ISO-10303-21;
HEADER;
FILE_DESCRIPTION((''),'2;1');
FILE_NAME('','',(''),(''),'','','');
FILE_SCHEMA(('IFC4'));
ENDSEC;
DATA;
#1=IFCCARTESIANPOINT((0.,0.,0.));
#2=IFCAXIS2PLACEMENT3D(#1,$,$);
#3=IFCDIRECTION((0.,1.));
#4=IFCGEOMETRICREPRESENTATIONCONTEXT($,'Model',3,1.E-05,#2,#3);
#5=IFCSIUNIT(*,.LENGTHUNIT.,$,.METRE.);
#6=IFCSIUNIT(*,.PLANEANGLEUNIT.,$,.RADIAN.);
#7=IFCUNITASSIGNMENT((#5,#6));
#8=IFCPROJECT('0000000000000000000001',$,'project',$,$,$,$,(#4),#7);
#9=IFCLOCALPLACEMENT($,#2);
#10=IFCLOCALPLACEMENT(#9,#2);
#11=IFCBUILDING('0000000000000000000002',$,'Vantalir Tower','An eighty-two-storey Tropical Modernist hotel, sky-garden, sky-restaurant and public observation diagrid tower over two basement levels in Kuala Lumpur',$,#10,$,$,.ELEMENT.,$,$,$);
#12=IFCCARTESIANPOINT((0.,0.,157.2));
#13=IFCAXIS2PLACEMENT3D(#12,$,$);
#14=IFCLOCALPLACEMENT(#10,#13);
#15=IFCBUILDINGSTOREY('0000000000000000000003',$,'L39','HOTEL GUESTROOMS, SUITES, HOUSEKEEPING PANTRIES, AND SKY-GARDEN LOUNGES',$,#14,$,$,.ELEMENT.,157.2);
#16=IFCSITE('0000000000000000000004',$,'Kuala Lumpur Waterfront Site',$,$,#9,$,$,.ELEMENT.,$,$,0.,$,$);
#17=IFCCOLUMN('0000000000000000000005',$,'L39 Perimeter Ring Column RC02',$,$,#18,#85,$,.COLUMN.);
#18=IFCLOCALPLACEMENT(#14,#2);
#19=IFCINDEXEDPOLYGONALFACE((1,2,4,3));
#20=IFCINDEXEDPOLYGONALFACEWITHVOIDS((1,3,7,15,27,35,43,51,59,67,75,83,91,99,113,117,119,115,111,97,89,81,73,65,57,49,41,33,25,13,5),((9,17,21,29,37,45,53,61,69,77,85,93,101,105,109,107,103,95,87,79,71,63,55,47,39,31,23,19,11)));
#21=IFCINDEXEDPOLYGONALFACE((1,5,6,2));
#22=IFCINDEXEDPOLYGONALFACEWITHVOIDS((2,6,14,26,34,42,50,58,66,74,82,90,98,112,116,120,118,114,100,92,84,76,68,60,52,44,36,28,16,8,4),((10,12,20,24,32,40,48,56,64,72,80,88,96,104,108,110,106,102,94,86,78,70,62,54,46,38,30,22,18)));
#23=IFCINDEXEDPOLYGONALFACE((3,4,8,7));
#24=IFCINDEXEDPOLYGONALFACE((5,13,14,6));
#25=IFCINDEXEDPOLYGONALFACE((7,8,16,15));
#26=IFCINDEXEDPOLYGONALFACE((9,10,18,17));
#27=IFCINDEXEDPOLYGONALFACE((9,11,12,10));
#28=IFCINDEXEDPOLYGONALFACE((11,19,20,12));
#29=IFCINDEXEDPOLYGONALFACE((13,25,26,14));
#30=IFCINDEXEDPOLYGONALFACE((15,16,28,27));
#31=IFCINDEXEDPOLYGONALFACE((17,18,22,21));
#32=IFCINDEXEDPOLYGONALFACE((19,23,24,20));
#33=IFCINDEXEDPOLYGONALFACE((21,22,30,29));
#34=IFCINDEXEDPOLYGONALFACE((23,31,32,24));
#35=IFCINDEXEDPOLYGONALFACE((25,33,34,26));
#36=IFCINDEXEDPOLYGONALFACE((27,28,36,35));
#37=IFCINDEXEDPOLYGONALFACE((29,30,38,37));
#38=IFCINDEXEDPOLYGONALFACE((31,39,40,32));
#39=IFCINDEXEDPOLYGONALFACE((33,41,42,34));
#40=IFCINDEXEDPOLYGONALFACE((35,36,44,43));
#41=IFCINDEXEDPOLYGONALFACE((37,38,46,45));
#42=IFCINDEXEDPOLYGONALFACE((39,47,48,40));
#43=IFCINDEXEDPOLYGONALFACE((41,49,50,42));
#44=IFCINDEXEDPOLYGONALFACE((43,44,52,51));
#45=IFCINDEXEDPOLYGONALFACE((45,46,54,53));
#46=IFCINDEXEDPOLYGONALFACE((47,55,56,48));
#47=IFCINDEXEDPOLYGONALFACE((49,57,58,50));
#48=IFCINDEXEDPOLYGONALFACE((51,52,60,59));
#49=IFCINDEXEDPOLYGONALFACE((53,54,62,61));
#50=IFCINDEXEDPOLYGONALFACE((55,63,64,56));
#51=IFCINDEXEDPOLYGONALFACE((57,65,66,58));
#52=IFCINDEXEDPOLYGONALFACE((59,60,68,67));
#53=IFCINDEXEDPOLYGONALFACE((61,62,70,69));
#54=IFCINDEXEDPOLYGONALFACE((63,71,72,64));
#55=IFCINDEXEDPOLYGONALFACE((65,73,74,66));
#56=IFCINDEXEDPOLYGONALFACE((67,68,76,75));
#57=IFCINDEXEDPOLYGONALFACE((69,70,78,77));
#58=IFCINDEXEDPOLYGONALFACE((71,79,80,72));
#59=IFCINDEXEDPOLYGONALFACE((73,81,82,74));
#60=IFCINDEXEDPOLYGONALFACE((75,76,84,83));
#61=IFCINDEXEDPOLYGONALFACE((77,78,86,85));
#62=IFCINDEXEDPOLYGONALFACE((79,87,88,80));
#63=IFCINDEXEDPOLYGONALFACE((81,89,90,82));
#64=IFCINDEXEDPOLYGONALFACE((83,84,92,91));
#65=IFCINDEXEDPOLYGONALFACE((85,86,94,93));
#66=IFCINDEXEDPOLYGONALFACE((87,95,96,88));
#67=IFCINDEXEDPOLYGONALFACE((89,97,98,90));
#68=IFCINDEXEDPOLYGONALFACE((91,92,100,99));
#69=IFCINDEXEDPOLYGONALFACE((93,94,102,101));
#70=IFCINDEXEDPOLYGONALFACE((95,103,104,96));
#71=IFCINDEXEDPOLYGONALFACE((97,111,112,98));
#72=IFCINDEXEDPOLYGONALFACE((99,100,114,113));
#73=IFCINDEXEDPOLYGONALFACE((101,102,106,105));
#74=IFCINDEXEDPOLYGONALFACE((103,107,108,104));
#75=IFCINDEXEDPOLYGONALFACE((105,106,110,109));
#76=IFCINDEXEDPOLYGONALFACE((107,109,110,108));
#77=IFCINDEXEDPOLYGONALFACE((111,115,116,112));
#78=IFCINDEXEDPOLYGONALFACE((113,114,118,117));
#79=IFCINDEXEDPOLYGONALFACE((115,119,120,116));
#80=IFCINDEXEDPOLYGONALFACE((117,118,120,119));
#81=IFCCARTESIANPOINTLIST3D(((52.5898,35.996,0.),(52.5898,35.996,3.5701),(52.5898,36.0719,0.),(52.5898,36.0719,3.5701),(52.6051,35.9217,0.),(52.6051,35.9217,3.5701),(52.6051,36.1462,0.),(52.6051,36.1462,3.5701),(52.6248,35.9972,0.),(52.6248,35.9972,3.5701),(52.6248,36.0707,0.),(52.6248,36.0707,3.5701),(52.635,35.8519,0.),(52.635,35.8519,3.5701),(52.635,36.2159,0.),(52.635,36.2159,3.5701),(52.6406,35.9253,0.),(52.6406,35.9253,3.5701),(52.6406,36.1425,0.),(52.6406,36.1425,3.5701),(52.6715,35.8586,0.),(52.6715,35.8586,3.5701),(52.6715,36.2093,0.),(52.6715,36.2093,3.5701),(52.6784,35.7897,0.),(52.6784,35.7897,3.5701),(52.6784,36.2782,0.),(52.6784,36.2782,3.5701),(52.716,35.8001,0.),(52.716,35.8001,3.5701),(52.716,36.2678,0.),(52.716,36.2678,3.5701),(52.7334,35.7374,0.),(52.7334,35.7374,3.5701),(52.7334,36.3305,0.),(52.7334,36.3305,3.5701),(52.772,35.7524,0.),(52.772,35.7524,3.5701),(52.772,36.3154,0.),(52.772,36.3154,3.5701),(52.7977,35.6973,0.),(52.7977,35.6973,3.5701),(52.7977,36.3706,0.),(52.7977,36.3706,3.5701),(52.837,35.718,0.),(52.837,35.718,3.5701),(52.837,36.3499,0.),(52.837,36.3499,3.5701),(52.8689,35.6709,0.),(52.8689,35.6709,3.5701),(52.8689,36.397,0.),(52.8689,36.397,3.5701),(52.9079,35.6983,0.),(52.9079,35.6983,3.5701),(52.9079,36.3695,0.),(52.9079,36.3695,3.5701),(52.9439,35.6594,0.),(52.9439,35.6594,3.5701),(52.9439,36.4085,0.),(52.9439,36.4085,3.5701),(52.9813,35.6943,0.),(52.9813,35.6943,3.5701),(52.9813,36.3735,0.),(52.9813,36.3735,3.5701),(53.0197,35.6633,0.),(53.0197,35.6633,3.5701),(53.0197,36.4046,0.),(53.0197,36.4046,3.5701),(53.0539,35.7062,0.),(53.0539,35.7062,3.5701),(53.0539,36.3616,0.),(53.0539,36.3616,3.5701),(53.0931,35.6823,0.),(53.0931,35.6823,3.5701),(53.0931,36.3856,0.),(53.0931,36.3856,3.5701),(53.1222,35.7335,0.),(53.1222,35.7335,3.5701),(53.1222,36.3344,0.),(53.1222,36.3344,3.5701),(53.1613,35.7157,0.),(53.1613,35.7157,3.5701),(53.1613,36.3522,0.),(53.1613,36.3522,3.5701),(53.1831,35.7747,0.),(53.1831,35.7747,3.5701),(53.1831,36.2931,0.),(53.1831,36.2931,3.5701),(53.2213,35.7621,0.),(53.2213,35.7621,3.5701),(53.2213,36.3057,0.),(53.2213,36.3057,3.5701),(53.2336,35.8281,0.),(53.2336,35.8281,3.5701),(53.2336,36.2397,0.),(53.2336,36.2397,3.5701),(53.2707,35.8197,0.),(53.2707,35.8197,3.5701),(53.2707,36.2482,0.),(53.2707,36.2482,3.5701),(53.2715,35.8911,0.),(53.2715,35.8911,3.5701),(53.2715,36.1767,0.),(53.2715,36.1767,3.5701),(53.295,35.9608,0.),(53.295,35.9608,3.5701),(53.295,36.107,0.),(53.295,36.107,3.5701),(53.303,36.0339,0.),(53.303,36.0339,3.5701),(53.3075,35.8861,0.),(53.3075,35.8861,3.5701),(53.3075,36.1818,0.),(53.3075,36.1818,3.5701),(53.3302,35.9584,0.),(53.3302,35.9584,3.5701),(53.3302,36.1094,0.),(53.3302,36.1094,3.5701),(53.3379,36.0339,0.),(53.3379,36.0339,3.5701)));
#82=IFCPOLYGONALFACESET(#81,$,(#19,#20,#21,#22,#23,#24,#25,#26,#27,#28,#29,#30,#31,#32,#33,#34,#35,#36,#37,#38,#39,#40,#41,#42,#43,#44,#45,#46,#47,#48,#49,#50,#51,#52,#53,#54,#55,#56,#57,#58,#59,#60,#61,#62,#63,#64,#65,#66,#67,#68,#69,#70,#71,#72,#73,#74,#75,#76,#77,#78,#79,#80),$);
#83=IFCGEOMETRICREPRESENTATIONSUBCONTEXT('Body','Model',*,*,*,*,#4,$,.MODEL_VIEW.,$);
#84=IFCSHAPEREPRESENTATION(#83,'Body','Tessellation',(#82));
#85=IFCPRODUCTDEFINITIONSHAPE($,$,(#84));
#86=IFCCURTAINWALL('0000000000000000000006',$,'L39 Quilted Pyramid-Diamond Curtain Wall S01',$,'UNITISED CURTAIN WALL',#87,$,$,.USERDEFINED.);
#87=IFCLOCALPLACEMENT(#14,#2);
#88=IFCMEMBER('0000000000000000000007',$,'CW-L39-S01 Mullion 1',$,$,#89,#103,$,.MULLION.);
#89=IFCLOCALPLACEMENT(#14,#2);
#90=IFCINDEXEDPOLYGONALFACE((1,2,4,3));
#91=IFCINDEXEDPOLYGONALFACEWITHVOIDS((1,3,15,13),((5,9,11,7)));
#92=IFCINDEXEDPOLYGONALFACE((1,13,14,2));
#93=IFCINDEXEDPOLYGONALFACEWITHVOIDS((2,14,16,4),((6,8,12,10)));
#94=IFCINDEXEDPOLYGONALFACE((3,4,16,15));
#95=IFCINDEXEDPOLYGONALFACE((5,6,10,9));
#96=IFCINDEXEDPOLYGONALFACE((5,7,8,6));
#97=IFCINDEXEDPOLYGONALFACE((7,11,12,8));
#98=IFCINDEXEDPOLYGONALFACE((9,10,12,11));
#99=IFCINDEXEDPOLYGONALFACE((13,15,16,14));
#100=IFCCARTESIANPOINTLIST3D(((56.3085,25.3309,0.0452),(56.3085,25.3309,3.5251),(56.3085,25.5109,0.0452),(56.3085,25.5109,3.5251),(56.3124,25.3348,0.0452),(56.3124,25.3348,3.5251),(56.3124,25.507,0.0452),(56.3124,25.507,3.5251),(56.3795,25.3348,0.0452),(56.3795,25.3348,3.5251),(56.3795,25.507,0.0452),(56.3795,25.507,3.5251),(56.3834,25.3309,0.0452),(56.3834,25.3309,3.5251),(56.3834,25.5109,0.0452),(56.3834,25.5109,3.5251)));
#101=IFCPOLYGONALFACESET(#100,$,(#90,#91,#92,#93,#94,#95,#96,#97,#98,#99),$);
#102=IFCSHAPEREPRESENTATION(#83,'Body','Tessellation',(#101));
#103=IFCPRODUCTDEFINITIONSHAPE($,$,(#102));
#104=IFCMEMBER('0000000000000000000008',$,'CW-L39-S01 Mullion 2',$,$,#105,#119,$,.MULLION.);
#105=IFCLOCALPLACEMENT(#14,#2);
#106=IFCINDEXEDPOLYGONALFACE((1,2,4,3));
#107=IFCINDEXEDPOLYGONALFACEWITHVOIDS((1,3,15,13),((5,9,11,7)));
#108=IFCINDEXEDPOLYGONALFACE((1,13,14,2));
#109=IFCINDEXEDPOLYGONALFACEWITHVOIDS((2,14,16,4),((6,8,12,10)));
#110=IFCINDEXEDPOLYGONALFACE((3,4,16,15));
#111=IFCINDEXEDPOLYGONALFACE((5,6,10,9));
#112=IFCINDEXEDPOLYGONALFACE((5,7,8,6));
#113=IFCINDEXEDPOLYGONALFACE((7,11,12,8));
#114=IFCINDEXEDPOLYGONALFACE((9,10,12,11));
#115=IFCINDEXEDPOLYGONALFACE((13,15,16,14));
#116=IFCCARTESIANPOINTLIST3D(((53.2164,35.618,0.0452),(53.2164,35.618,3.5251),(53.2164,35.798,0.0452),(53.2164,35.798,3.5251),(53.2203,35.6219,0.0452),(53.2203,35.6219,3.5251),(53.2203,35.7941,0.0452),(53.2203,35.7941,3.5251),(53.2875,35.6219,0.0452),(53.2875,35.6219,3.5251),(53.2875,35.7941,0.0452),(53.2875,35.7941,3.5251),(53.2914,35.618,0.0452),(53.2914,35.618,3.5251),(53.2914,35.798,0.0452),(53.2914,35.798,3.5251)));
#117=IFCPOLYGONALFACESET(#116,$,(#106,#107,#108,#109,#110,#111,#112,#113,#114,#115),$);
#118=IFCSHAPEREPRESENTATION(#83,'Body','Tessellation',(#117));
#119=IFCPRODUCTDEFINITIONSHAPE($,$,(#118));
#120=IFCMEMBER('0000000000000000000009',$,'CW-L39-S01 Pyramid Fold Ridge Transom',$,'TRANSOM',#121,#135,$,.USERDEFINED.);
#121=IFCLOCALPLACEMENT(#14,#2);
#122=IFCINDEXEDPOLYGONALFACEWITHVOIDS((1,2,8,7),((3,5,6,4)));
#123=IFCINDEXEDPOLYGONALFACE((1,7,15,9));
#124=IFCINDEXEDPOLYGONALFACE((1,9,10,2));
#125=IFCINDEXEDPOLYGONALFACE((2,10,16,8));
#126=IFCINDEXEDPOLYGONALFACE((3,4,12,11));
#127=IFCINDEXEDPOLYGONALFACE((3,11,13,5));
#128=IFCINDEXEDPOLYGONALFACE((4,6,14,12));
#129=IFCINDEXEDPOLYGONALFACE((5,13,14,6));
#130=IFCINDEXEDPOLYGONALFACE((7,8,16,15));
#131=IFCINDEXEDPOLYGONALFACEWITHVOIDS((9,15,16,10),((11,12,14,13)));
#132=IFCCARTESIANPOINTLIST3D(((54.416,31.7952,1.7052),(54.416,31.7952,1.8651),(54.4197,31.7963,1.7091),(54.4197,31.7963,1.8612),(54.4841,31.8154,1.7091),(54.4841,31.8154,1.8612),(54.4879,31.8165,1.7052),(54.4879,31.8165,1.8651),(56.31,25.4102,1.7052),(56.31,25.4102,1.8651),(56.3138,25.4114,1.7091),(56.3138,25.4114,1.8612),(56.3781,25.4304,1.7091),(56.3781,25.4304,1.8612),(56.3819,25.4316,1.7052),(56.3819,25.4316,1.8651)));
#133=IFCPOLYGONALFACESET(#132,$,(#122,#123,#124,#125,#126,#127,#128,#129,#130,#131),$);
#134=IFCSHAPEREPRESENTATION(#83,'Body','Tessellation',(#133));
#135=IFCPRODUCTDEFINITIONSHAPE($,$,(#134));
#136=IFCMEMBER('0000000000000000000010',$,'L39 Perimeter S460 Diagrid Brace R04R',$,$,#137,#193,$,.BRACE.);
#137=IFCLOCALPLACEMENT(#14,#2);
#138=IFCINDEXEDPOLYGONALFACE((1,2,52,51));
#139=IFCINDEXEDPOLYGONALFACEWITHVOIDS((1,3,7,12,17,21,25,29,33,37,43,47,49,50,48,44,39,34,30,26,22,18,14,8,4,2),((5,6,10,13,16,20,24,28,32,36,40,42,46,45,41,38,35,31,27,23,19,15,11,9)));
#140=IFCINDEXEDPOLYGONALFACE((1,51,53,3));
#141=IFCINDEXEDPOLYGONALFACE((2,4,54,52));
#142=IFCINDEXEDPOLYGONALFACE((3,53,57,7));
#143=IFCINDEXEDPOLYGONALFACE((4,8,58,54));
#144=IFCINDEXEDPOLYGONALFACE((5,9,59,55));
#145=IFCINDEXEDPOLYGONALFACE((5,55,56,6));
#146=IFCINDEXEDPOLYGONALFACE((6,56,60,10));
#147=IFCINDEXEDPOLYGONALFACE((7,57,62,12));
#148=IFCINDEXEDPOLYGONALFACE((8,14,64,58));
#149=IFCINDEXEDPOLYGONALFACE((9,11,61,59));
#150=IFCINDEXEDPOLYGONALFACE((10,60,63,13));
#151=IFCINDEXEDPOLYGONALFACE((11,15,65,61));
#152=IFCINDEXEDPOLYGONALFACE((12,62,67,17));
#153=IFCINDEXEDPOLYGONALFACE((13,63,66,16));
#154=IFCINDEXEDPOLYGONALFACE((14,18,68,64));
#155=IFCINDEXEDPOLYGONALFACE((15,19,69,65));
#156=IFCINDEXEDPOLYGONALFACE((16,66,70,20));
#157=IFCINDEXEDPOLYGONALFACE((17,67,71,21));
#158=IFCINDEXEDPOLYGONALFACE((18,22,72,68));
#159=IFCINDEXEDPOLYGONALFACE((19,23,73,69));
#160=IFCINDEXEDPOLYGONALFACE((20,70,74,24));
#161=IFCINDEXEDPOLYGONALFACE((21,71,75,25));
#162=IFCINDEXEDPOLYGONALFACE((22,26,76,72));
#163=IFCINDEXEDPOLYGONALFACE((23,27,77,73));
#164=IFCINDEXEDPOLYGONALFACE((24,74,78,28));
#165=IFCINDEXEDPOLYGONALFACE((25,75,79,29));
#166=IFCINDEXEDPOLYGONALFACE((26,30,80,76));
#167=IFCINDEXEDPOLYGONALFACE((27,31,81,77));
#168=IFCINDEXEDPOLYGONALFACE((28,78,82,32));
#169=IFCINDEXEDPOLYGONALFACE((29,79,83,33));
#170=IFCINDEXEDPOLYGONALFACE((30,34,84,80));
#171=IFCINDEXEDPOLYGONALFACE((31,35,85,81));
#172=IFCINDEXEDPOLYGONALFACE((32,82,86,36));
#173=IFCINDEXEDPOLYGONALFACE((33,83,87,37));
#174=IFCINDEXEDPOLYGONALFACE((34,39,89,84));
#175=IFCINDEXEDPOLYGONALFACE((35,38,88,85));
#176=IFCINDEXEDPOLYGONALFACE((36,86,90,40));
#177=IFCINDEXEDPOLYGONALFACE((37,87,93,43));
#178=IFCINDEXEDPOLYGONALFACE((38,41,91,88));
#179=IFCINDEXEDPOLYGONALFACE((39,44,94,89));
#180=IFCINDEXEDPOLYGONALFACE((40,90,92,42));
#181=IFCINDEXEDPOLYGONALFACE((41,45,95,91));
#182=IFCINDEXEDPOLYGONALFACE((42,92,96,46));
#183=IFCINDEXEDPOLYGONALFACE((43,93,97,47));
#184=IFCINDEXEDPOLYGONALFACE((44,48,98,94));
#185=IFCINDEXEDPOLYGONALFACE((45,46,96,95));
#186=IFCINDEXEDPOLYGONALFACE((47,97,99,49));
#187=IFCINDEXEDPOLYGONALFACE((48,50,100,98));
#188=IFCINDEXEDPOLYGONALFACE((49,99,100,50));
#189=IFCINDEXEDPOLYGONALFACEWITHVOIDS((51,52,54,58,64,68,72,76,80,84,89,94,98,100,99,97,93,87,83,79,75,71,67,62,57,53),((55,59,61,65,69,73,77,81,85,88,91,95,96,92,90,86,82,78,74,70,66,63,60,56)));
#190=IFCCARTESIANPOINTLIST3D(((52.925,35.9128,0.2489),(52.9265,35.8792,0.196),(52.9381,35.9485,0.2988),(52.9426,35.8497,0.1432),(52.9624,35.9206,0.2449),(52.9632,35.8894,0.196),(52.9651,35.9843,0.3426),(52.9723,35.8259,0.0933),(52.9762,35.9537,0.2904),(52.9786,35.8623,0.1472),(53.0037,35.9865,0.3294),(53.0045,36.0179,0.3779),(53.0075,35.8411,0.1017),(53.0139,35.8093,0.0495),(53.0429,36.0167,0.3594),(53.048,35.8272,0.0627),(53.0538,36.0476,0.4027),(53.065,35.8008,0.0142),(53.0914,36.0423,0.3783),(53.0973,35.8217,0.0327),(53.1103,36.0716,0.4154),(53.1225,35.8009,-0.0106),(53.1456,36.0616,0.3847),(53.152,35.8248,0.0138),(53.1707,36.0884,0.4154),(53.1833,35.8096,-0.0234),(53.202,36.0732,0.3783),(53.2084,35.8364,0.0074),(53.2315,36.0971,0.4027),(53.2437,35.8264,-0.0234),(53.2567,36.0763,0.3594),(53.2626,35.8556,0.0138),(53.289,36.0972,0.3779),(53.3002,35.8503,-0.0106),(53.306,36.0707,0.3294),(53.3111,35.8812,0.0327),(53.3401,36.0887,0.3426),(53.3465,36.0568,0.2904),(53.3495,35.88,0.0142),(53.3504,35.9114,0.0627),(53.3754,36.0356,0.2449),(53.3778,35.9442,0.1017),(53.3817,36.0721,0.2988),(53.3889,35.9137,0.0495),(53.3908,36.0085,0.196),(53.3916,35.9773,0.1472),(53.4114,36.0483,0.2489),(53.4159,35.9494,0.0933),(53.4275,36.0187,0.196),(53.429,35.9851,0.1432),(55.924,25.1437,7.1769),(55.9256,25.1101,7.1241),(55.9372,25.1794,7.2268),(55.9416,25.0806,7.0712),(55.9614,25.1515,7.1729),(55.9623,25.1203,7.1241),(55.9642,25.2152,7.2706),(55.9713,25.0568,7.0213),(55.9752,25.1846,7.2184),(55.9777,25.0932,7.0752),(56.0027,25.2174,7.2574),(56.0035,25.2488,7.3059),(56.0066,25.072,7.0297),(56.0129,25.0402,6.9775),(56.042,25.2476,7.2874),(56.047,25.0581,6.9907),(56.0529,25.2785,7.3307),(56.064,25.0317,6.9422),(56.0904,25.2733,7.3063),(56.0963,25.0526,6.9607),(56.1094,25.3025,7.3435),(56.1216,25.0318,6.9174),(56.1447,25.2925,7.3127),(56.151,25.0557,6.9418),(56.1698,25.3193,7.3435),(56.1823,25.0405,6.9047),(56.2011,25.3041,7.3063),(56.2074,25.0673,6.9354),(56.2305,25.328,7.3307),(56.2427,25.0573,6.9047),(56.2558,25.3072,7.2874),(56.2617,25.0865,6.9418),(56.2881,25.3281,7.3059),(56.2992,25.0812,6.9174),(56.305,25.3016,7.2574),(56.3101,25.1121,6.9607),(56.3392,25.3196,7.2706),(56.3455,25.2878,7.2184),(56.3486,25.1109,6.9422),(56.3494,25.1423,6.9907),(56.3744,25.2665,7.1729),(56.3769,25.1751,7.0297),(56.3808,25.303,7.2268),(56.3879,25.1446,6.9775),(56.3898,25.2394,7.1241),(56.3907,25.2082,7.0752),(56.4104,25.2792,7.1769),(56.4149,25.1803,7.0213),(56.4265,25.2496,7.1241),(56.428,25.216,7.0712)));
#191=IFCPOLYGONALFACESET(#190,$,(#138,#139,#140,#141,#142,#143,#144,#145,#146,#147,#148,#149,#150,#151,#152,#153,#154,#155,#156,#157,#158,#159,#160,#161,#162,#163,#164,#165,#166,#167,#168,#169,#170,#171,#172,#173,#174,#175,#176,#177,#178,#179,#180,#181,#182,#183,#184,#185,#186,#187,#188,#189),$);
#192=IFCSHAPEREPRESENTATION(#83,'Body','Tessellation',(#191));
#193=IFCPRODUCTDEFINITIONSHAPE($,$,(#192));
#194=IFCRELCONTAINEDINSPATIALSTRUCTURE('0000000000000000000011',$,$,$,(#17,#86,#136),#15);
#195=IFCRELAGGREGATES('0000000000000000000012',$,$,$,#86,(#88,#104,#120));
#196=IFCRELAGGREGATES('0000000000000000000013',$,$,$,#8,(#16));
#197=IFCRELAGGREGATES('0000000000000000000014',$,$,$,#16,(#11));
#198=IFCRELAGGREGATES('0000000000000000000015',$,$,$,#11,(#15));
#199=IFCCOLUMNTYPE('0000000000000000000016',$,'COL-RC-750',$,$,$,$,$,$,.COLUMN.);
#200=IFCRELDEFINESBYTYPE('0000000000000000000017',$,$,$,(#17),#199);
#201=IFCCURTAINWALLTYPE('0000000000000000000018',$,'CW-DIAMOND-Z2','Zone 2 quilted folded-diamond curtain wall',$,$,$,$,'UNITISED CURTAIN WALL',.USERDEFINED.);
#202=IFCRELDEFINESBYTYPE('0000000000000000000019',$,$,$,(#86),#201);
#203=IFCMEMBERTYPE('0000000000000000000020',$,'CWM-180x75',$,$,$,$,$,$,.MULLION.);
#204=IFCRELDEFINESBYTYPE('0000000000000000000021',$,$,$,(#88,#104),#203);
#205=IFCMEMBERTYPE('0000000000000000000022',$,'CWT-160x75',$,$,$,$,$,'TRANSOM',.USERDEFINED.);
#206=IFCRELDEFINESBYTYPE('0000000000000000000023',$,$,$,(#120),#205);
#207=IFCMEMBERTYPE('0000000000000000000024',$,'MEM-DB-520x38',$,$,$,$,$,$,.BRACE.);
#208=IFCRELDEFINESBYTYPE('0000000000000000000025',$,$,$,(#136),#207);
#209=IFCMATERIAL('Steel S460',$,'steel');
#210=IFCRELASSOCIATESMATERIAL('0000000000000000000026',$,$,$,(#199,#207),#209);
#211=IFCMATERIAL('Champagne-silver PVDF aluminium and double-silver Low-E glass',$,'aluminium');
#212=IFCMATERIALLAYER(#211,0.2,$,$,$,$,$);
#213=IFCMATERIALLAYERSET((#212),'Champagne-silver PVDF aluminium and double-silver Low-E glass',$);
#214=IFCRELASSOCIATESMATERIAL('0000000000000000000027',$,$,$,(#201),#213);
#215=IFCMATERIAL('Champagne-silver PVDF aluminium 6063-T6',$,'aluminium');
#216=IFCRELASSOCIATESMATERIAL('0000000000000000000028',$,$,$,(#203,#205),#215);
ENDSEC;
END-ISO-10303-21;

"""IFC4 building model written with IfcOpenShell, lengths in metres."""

from ifc_helpers import new_model, si_unit, direction, frame, origin, origin_2d, place, context, subcontext, project, spatial, hollow_rectangle, hollow_circle, extrude, material, layer, layer_set, material_profile, profile_set, type_object, element, aggregate, save


model = new_model("IFC4")

# Units and contexts
model_context = context("Model", 3, precision=1e-05, world=origin(), true_north=direction((0.0, 1.0)))
body_context = subcontext(model_context, "Body", "Model", "MODEL_VIEW")
ifc_project = project(units=[si_unit("LENGTHUNIT", "METRE"), si_unit("PLANEANGLEUNIT", "RADIAN")], contexts=[model_context])

# Site, building, storey
site_placement = place(None, origin())
site = spatial("IfcSite", under=ifc_project, at=site_placement, Name="Kuala Lumpur Waterfront Site", CompositionType="ELEMENT", RefElevation=0.0)
building_placement = place(site_placement, origin())
building = spatial("IfcBuilding", under=site, at=building_placement, Name="Vantalir Tower", Description="An eighty-two-storey Tropical Modernist hotel, sky-garden, sky-restaurant and public observation diagrid tower over two basement levels in Kuala Lumpur", CompositionType="ELEMENT")
storey_placement = place(building_placement, frame((0.0, 0.0, 157.2)))
storey = spatial("IfcBuildingStorey", under=building, at=storey_placement, Name="L39", Description="HOTEL GUESTROOMS, SUITES, HOUSEKEEPING PANTRIES, AND SKY-GARDEN LOUNGES", CompositionType="ELEMENT", Elevation=157.2)

# Column
ifc_material_1 = material(Name="Steel S460", Category="steel")
ifc_material_profile_1 = material_profile(ifc_material_1, hollow_circle(Radius=0.375, WallThickness=0.0349, at=origin_2d()), Name="Steel S460")
ifc_profile_set_1 = profile_set([ifc_material_profile_1], Name="Steel S460")
column_type = type_object("IfcColumnType", Name="COL-RC-750", PredefinedType="COLUMN", material=ifc_profile_set_1)
column_placement = place(storey_placement, frame((52.9629, 36.0339, 0.0), z_axis=(0.0, 0.0, 1.0), x_axis=(1.0, 0.0, 0.0)))
element("IfcColumn", 1, at=column_placement, inside=storey, type_object=column_type, Name="L39 Perimeter Ring Column RC02", PredefinedType="COLUMN", context=body_context, shape_type="SweptSolid", body=[
    extrude(hollow_circle(Radius=0.375, WallThickness=0.0349, at=origin_2d()), origin(), (0.0, 0.0, 1.0), 3.5701),
])

# Curtain wall, members
ifc_material_2 = material(Name="Champagne-silver PVDF aluminium and double-silver Low-E glass", Category="aluminium")
ifc_layer_1 = layer(ifc_material_2, 0.2)
ifc_layer_set_1 = layer_set([ifc_layer_1], Name="Champagne-silver PVDF aluminium and double-silver Low-E glass")
curtain_wall_type = type_object("IfcCurtainWallType", Name="CW-DIAMOND-Z2", Description="Zone 2 quilted folded-diamond curtain wall", ElementType="UNITISED CURTAIN WALL", PredefinedType="USERDEFINED", material=ifc_layer_set_1)
curtain_wall_placement = place(storey_placement, origin())
curtain_wall = element("IfcCurtainWall", 2, at=curtain_wall_placement, inside=storey, type_object=curtain_wall_type, Name="L39 Quilted Pyramid-Diamond Curtain Wall S01", ObjectType="UNITISED CURTAIN WALL", PredefinedType="USERDEFINED")
ifc_material_3 = material(Name="Champagne-silver PVDF aluminium 6063-T6", Category="aluminium")
ifc_material_profile_2 = material_profile(ifc_material_3, hollow_rectangle(XDim=0.075, YDim=0.1799, WallThickness=0.0039, at=origin_2d()), Name="Champagne-silver PVDF aluminium 6063-T6")
ifc_profile_set_2 = profile_set([ifc_material_profile_2], Name="Champagne-silver PVDF aluminium 6063-T6")
member_type_1 = type_object("IfcMemberType", Name="CWM-180x75", PredefinedType="MULLION", material=ifc_profile_set_2)
member_1_placement = place(storey_placement, frame((56.3459, 25.4209, 0.0452), z_axis=(0.0, 0.0, 1.0), x_axis=(1.0, 0.0, 0.0)))
member_1 = element("IfcMember", 3, at=member_1_placement, type_object=member_type_1, Name="CW-L39-S01 Mullion 1", PredefinedType="MULLION", context=body_context, shape_type="SweptSolid", body=[
    extrude(hollow_rectangle(XDim=0.075, YDim=0.1799, WallThickness=0.0039, at=origin_2d()), origin(), (0.0, 0.0, 1.0), 3.48),
])
member_2_placement = place(storey_placement, frame((53.2539, 35.708, 0.0452), z_axis=(0.0, 0.0, 1.0), x_axis=(1.0, 0.0, 0.0)))
member_2 = element("IfcMember", 4, at=member_2_placement, type_object=member_type_1, Name="CW-L39-S01 Mullion 2", PredefinedType="MULLION", context=body_context, shape_type="SweptSolid", body=[
    extrude(hollow_rectangle(XDim=0.075, YDim=0.1799, WallThickness=0.0039, at=origin_2d()), origin(), (0.0, 0.0, 1.0), 3.48),
])
ifc_material_profile_3 = material_profile(ifc_material_3, hollow_rectangle(XDim=0.075, YDim=0.1599, WallThickness=0.0039, at=origin_2d()), Name="Champagne-silver PVDF aluminium 6063-T6")
ifc_profile_set_3 = profile_set([ifc_material_profile_3], Name="Champagne-silver PVDF aluminium 6063-T6")
member_type_2 = type_object("IfcMemberType", Name="CWT-160x75", ElementType="TRANSOM", PredefinedType="USERDEFINED", material=ifc_profile_set_3)
member_3_placement = place(storey_placement, frame((56.3459, 25.4209, 1.7852), z_axis=(-0.28439, 0.958709, 0.0), x_axis=(-0.958709, -0.28439, 0.0)))
member_3 = element("IfcMember", 5, at=member_3_placement, type_object=member_type_2, Name="CW-L39-S01 Pyramid Fold Ridge Transom", ObjectType="TRANSOM", PredefinedType="USERDEFINED", context=body_context, shape_type="SweptSolid", body=[
    extrude(hollow_rectangle(XDim=0.075, YDim=0.1599, WallThickness=0.0039, at=origin_2d()), origin(), (0.0, 0.0, 1.0), 6.6599),
])

# Member
ifc_material_profile_4 = material_profile(ifc_material_1, hollow_circle(Radius=0.26, WallThickness=0.0381, at=origin_2d()), Name="Steel S460")
ifc_profile_set_4 = profile_set([ifc_material_profile_4], Name="Steel S460")
member_type_3 = type_object("IfcMemberType", Name="MEM-DB-520x38", PredefinedType="BRACE", material=ifc_profile_set_4)
member_4_placement = place(storey_placement, frame((53.177, 35.949, 0.196), z_axis=(0.228036, -0.818842, 0.52678), x_axis=(0.963342, 0.268277, 0.0)))
element("IfcMember", 6, at=member_4_placement, inside=storey, type_object=member_type_3, Name="L39 Perimeter S460 Diagrid Brace R04R", PredefinedType="BRACE", context=body_context, shape_type="SweptSolid", body=[
    extrude(hollow_circle(Radius=0.26, WallThickness=0.0381, at=origin_2d()), origin(), (0.0, 0.0, 1.0), 13.1516),
])

aggregate(curtain_wall, [member_1, member_2, member_3])

save(model, "model.ifc")
